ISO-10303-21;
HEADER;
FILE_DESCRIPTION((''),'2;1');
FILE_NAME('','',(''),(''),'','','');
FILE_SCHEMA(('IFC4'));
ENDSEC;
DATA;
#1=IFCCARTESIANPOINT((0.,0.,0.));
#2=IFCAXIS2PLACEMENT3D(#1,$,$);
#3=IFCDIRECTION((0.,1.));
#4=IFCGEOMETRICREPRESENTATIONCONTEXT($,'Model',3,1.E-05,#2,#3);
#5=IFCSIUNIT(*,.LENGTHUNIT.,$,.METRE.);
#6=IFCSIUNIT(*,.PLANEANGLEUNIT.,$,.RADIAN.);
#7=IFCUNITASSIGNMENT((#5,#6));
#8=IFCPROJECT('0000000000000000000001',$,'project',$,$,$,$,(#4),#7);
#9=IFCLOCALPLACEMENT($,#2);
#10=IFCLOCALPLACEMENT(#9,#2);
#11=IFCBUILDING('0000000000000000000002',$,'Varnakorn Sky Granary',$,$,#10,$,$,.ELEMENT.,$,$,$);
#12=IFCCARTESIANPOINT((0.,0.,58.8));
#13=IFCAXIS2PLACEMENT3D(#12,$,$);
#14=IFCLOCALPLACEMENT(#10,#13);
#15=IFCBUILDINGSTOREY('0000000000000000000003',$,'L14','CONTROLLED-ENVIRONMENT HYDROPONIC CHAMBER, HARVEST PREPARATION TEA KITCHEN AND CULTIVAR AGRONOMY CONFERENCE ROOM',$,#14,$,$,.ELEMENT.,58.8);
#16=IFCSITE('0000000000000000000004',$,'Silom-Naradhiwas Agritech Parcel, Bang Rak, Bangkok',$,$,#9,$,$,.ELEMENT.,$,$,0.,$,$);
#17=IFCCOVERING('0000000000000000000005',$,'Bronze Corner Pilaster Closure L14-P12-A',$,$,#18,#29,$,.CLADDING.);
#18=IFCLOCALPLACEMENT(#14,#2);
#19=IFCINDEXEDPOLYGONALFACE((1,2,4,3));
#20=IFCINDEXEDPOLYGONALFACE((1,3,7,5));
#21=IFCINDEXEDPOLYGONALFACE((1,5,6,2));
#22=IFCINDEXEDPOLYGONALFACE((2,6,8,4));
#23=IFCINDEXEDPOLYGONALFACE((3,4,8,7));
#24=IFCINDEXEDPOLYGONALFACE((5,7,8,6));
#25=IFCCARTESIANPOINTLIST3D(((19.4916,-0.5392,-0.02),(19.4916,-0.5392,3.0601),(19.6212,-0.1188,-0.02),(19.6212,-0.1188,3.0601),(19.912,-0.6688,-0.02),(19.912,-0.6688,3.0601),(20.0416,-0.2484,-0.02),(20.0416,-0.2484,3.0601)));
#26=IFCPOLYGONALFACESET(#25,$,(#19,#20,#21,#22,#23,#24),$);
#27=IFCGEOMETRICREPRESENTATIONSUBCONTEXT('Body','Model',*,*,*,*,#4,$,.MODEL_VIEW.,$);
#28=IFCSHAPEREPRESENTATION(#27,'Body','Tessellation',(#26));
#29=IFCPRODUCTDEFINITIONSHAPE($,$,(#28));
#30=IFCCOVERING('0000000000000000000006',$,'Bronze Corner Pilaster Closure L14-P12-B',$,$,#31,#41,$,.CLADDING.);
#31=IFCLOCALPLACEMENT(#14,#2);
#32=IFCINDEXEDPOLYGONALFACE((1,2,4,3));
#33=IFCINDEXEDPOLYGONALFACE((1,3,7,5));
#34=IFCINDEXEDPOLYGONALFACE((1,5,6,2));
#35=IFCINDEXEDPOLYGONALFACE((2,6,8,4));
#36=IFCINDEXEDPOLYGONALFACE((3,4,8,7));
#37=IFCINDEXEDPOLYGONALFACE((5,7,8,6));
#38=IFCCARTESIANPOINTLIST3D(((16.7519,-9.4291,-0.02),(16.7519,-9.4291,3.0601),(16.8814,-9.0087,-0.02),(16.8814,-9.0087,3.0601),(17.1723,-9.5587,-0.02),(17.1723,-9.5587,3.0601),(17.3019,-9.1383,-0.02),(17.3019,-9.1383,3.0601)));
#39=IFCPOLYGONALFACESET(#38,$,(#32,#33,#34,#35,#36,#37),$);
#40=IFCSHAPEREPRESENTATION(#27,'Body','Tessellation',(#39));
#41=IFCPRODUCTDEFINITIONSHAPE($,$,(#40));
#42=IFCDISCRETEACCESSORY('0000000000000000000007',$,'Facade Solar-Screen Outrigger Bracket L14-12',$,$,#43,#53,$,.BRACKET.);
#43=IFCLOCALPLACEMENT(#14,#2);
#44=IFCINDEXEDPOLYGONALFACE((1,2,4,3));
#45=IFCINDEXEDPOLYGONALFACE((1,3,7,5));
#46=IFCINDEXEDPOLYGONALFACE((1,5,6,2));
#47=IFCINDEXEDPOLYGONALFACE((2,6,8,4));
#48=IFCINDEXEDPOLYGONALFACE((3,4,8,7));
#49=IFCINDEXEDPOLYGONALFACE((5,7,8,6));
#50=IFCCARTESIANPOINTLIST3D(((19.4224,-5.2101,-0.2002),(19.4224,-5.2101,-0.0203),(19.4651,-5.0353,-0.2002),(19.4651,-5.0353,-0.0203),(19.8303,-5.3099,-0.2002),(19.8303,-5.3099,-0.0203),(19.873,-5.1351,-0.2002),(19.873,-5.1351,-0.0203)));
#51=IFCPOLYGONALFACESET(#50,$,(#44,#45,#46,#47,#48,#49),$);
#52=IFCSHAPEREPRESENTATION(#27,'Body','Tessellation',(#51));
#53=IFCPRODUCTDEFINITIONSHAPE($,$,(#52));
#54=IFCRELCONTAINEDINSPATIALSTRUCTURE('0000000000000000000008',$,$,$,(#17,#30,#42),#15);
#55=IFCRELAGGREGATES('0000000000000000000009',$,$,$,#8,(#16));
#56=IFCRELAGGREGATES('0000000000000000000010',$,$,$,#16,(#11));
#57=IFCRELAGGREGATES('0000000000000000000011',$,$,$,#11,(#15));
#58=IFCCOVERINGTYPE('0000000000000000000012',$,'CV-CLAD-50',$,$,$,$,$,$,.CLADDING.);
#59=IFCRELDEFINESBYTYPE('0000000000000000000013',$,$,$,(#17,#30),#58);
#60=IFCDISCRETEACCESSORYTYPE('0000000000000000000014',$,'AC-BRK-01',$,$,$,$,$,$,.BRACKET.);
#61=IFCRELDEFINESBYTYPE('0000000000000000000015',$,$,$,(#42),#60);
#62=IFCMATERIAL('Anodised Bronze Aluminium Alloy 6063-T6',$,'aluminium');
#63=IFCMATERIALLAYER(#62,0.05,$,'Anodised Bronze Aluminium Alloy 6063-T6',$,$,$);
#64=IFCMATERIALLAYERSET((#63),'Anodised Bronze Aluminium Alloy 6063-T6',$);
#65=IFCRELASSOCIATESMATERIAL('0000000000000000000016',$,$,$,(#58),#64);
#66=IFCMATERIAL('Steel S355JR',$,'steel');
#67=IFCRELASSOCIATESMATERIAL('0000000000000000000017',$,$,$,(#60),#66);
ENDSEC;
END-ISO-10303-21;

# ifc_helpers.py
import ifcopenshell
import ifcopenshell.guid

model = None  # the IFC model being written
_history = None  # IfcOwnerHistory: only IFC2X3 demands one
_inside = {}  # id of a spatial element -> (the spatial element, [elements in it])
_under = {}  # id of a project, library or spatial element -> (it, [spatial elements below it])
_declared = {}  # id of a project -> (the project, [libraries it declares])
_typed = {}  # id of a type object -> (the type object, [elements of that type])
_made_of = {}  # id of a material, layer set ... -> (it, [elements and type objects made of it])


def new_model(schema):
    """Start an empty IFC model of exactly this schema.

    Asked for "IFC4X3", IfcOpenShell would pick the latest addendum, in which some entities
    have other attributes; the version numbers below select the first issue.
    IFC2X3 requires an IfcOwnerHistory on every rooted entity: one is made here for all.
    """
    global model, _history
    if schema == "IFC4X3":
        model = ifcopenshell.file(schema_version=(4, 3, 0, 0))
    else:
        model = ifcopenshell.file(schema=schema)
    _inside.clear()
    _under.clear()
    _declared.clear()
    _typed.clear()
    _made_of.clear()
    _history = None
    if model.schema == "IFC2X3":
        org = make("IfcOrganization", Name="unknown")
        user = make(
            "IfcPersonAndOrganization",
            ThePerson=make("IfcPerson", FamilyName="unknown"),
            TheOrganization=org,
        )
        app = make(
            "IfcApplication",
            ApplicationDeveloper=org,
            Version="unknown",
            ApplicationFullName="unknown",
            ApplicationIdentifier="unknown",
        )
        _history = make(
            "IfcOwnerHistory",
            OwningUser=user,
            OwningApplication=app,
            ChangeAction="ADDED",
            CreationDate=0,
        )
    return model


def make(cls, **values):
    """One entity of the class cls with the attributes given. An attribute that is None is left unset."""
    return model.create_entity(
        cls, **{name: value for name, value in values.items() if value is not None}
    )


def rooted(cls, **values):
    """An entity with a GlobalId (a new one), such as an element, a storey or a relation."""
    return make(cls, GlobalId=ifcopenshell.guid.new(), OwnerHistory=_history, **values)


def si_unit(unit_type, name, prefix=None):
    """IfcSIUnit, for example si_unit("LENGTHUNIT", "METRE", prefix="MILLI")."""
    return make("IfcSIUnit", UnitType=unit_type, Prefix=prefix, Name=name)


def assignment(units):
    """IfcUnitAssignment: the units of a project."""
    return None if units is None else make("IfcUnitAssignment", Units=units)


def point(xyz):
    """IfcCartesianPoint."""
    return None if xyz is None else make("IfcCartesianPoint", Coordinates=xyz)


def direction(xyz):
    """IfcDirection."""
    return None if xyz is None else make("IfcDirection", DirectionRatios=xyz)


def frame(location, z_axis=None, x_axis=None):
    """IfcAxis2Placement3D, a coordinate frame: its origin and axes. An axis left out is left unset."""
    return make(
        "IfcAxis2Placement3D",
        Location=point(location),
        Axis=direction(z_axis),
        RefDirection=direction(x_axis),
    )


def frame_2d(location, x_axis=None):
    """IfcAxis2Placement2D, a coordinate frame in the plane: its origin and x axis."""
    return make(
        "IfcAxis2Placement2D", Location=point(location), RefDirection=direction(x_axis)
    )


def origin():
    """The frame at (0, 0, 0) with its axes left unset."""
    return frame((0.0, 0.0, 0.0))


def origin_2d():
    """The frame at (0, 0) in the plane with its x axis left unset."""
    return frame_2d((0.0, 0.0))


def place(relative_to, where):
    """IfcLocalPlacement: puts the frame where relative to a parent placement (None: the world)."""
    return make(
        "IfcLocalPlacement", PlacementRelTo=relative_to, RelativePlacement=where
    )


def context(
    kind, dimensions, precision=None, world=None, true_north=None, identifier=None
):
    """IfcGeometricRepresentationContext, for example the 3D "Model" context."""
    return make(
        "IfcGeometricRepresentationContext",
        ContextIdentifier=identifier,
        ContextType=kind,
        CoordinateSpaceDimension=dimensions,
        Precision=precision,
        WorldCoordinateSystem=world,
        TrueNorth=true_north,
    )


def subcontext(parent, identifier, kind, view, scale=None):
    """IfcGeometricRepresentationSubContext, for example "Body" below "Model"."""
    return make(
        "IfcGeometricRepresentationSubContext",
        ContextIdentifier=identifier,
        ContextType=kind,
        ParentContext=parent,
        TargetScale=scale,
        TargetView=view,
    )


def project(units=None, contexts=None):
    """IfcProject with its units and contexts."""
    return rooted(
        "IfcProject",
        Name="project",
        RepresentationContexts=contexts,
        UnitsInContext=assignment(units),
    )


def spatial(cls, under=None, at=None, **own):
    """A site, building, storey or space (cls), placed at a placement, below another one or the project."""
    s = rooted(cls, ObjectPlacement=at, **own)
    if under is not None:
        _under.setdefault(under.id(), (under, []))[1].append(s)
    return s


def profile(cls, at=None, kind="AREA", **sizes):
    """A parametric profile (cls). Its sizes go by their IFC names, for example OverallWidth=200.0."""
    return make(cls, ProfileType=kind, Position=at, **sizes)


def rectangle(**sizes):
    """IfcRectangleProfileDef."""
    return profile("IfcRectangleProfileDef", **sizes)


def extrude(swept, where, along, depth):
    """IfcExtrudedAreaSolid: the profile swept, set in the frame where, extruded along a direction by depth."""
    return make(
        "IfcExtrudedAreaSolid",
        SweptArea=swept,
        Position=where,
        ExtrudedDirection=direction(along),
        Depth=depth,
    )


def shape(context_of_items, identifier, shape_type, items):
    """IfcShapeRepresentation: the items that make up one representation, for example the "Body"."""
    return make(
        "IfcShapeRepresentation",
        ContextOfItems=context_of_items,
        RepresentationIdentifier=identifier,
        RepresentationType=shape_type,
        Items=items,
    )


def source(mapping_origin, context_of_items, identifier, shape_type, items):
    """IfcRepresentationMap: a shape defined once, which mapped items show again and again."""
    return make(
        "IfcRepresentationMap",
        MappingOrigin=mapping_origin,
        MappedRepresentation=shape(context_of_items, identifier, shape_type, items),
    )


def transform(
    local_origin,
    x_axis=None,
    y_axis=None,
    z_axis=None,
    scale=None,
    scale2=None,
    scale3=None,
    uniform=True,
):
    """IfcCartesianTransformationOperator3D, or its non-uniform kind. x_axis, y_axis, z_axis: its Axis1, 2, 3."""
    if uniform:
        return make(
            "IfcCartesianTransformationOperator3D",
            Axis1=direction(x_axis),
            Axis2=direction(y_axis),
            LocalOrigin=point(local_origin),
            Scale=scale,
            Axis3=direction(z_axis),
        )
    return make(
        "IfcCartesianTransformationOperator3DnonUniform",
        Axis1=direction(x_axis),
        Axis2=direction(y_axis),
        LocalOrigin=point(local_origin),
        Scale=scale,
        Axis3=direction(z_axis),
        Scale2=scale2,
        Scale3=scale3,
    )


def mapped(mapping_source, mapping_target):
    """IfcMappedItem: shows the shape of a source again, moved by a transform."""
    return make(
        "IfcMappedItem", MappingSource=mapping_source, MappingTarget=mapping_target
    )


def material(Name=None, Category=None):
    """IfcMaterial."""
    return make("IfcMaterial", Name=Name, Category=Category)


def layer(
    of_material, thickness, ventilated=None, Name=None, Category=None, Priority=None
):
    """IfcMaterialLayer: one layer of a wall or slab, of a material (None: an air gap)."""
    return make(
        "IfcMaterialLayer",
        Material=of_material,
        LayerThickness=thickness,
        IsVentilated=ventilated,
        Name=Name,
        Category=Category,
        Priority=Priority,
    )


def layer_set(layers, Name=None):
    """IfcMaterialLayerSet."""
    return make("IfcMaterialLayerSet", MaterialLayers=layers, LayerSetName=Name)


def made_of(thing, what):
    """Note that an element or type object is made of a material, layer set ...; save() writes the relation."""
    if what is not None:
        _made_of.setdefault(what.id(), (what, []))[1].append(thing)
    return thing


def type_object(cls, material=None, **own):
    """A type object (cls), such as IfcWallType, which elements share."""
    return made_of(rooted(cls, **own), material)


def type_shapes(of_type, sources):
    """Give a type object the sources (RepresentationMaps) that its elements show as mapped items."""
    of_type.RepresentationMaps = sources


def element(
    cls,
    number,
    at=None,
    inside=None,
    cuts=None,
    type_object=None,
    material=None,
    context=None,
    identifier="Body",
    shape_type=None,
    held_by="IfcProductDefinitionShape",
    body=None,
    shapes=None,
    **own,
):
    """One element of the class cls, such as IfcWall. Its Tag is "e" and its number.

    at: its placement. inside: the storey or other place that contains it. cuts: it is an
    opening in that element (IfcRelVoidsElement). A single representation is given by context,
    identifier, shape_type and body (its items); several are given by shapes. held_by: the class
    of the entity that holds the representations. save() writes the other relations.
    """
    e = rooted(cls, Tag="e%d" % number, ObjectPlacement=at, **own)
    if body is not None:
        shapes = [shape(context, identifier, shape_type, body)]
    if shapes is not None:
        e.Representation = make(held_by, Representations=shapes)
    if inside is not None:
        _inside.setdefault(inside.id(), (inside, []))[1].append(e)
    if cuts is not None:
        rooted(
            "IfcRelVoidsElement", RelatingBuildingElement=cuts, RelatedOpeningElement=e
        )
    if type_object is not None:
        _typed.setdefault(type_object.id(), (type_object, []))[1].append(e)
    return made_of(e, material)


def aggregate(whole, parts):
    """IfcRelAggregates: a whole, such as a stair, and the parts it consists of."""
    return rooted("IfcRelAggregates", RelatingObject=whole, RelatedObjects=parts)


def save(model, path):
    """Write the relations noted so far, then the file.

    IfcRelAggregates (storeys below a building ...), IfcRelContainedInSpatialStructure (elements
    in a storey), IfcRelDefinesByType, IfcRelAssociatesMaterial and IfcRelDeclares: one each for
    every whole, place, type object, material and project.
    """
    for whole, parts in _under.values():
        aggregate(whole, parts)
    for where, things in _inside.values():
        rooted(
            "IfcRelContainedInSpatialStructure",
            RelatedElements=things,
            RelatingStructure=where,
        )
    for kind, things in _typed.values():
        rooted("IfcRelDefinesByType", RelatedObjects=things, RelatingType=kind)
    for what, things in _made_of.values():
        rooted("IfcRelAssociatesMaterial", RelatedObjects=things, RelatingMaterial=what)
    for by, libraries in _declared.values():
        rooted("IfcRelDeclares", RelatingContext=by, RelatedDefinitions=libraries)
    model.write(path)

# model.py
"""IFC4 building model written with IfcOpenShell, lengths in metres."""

from ifc_helpers import new_model, si_unit, direction, frame, origin, origin_2d, place, context, subcontext, project, spatial, rectangle, extrude, source, transform, mapped, material, layer, layer_set, type_object, type_shapes, element, save


model = new_model("IFC4")

# Units and contexts
model_context = context("Model", 3, precision=1e-05, world=origin(), true_north=direction((0.0, 1.0)))
body_context = subcontext(model_context, "Body", "Model", "MODEL_VIEW")
ifc_project = project(units=[si_unit("LENGTHUNIT", "METRE"), si_unit("PLANEANGLEUNIT", "RADIAN")], contexts=[model_context])

# Site, building, storey
site_placement = place(None, origin())
site = spatial("IfcSite", under=ifc_project, at=site_placement, Name="Silom-Naradhiwas Agritech Parcel, Bang Rak, Bangkok", CompositionType="ELEMENT", RefElevation=0.0)
building_placement = place(site_placement, origin())
building = spatial("IfcBuilding", under=site, at=building_placement, Name="Varnakorn Sky Granary", CompositionType="ELEMENT")
storey_placement = place(building_placement, frame((0.0, 0.0, 58.8)))
storey = spatial("IfcBuildingStorey", under=building, at=storey_placement, Name="L14", Description="CONTROLLED-ENVIRONMENT HYDROPONIC CHAMBER, HARVEST PREPARATION TEA KITCHEN AND CULTIVAR AGRONOMY CONFERENCE ROOM", CompositionType="ELEMENT", Elevation=58.8)

# Shared definitions
ifc_material_1 = material(Name="Steel S355JR", Category="steel")

# Shared definitions
ifc_material_2 = material(Name="Anodised Bronze Aluminium Alloy 6063-T6", Category="aluminium")

# Coverings
ifc_layer_1 = layer(ifc_material_2, 0.05, Name="Anodised Bronze Aluminium Alloy 6063-T6")
ifc_layer_set_1 = layer_set([ifc_layer_1], Name="Anodised Bronze Aluminium Alloy 6063-T6")
covering_type = type_object("IfcCoveringType", Name="CV-CLAD-50", PredefinedType="CLADDING", material=ifc_layer_set_1)
shared_shape_1 = source(origin(), body_context, "Body", "SweptSolid", [
    extrude(rectangle(XDim=0.4399, YDim=0.4399, at=origin_2d()), origin(), (0.0, 0.0, 1.0), 3.0801),
])
type_shapes(covering_type, [shared_shape_1])
for number, where, z_axis, x_axis, name in (
    (1, (19.7666, -0.3938, -0.02), (0.0, 0.0, 1.0), (-0.294541, -0.955639, 0.0), "Bronze Corner Pilaster Closure L14-P12-A"),
    (2, (17.0269, -9.2837, -0.02), (0.0, 0.0, 1.0), (-0.294541, -0.955639, 0.0), "Bronze Corner Pilaster Closure L14-P12-B"),
):
    element("IfcCovering", number, at=place(storey_placement, frame(where, z_axis=z_axis, x_axis=x_axis)), inside=storey, type_object=covering_type, Name=name, PredefinedType="CLADDING", context=body_context, shape_type="MappedRepresentation", body=[
        mapped(shared_shape_1, transform((0.0, 0.0, 0.0), x_axis=(1.0, 0.0, 0.0), y_axis=(0.0, 1.0, 0.0), z_axis=(0.0, 0.0, 1.0), scale=1.0)),
    ])

# Discrete accessory
discrete_accessory_type = type_object("IfcDiscreteAccessoryType", Name="AC-BRK-01", PredefinedType="BRACKET", material=ifc_material_1)
shared_shape_2 = source(origin(), body_context, "Body", "SweptSolid", [
    extrude(rectangle(XDim=0.1799, YDim=0.4199, at=origin_2d()), origin(), (0.0, 0.0, 1.0), 0.1799),
])
type_shapes(discrete_accessory_type, [shared_shape_2])
discrete_accessory_placement = place(storey_placement, frame((19.6477, -5.1726, -0.2002), z_axis=(0.0, 0.0, 1.0), x_axis=(0.237587, 0.971366, 0.0)))
element("IfcDiscreteAccessory", 3, at=discrete_accessory_placement, inside=storey, type_object=discrete_accessory_type, Name="Facade Solar-Screen Outrigger Bracket L14-12", PredefinedType="BRACKET", context=body_context, shape_type="MappedRepresentation", body=[
    mapped(shared_shape_2, transform((0.0, 0.0, 0.0), x_axis=(1.0, 0.0, 0.0), y_axis=(0.0, 1.0, 0.0), z_axis=(0.0, 0.0, 1.0), scale=1.0)),
])

save(model, "model.ifc")
